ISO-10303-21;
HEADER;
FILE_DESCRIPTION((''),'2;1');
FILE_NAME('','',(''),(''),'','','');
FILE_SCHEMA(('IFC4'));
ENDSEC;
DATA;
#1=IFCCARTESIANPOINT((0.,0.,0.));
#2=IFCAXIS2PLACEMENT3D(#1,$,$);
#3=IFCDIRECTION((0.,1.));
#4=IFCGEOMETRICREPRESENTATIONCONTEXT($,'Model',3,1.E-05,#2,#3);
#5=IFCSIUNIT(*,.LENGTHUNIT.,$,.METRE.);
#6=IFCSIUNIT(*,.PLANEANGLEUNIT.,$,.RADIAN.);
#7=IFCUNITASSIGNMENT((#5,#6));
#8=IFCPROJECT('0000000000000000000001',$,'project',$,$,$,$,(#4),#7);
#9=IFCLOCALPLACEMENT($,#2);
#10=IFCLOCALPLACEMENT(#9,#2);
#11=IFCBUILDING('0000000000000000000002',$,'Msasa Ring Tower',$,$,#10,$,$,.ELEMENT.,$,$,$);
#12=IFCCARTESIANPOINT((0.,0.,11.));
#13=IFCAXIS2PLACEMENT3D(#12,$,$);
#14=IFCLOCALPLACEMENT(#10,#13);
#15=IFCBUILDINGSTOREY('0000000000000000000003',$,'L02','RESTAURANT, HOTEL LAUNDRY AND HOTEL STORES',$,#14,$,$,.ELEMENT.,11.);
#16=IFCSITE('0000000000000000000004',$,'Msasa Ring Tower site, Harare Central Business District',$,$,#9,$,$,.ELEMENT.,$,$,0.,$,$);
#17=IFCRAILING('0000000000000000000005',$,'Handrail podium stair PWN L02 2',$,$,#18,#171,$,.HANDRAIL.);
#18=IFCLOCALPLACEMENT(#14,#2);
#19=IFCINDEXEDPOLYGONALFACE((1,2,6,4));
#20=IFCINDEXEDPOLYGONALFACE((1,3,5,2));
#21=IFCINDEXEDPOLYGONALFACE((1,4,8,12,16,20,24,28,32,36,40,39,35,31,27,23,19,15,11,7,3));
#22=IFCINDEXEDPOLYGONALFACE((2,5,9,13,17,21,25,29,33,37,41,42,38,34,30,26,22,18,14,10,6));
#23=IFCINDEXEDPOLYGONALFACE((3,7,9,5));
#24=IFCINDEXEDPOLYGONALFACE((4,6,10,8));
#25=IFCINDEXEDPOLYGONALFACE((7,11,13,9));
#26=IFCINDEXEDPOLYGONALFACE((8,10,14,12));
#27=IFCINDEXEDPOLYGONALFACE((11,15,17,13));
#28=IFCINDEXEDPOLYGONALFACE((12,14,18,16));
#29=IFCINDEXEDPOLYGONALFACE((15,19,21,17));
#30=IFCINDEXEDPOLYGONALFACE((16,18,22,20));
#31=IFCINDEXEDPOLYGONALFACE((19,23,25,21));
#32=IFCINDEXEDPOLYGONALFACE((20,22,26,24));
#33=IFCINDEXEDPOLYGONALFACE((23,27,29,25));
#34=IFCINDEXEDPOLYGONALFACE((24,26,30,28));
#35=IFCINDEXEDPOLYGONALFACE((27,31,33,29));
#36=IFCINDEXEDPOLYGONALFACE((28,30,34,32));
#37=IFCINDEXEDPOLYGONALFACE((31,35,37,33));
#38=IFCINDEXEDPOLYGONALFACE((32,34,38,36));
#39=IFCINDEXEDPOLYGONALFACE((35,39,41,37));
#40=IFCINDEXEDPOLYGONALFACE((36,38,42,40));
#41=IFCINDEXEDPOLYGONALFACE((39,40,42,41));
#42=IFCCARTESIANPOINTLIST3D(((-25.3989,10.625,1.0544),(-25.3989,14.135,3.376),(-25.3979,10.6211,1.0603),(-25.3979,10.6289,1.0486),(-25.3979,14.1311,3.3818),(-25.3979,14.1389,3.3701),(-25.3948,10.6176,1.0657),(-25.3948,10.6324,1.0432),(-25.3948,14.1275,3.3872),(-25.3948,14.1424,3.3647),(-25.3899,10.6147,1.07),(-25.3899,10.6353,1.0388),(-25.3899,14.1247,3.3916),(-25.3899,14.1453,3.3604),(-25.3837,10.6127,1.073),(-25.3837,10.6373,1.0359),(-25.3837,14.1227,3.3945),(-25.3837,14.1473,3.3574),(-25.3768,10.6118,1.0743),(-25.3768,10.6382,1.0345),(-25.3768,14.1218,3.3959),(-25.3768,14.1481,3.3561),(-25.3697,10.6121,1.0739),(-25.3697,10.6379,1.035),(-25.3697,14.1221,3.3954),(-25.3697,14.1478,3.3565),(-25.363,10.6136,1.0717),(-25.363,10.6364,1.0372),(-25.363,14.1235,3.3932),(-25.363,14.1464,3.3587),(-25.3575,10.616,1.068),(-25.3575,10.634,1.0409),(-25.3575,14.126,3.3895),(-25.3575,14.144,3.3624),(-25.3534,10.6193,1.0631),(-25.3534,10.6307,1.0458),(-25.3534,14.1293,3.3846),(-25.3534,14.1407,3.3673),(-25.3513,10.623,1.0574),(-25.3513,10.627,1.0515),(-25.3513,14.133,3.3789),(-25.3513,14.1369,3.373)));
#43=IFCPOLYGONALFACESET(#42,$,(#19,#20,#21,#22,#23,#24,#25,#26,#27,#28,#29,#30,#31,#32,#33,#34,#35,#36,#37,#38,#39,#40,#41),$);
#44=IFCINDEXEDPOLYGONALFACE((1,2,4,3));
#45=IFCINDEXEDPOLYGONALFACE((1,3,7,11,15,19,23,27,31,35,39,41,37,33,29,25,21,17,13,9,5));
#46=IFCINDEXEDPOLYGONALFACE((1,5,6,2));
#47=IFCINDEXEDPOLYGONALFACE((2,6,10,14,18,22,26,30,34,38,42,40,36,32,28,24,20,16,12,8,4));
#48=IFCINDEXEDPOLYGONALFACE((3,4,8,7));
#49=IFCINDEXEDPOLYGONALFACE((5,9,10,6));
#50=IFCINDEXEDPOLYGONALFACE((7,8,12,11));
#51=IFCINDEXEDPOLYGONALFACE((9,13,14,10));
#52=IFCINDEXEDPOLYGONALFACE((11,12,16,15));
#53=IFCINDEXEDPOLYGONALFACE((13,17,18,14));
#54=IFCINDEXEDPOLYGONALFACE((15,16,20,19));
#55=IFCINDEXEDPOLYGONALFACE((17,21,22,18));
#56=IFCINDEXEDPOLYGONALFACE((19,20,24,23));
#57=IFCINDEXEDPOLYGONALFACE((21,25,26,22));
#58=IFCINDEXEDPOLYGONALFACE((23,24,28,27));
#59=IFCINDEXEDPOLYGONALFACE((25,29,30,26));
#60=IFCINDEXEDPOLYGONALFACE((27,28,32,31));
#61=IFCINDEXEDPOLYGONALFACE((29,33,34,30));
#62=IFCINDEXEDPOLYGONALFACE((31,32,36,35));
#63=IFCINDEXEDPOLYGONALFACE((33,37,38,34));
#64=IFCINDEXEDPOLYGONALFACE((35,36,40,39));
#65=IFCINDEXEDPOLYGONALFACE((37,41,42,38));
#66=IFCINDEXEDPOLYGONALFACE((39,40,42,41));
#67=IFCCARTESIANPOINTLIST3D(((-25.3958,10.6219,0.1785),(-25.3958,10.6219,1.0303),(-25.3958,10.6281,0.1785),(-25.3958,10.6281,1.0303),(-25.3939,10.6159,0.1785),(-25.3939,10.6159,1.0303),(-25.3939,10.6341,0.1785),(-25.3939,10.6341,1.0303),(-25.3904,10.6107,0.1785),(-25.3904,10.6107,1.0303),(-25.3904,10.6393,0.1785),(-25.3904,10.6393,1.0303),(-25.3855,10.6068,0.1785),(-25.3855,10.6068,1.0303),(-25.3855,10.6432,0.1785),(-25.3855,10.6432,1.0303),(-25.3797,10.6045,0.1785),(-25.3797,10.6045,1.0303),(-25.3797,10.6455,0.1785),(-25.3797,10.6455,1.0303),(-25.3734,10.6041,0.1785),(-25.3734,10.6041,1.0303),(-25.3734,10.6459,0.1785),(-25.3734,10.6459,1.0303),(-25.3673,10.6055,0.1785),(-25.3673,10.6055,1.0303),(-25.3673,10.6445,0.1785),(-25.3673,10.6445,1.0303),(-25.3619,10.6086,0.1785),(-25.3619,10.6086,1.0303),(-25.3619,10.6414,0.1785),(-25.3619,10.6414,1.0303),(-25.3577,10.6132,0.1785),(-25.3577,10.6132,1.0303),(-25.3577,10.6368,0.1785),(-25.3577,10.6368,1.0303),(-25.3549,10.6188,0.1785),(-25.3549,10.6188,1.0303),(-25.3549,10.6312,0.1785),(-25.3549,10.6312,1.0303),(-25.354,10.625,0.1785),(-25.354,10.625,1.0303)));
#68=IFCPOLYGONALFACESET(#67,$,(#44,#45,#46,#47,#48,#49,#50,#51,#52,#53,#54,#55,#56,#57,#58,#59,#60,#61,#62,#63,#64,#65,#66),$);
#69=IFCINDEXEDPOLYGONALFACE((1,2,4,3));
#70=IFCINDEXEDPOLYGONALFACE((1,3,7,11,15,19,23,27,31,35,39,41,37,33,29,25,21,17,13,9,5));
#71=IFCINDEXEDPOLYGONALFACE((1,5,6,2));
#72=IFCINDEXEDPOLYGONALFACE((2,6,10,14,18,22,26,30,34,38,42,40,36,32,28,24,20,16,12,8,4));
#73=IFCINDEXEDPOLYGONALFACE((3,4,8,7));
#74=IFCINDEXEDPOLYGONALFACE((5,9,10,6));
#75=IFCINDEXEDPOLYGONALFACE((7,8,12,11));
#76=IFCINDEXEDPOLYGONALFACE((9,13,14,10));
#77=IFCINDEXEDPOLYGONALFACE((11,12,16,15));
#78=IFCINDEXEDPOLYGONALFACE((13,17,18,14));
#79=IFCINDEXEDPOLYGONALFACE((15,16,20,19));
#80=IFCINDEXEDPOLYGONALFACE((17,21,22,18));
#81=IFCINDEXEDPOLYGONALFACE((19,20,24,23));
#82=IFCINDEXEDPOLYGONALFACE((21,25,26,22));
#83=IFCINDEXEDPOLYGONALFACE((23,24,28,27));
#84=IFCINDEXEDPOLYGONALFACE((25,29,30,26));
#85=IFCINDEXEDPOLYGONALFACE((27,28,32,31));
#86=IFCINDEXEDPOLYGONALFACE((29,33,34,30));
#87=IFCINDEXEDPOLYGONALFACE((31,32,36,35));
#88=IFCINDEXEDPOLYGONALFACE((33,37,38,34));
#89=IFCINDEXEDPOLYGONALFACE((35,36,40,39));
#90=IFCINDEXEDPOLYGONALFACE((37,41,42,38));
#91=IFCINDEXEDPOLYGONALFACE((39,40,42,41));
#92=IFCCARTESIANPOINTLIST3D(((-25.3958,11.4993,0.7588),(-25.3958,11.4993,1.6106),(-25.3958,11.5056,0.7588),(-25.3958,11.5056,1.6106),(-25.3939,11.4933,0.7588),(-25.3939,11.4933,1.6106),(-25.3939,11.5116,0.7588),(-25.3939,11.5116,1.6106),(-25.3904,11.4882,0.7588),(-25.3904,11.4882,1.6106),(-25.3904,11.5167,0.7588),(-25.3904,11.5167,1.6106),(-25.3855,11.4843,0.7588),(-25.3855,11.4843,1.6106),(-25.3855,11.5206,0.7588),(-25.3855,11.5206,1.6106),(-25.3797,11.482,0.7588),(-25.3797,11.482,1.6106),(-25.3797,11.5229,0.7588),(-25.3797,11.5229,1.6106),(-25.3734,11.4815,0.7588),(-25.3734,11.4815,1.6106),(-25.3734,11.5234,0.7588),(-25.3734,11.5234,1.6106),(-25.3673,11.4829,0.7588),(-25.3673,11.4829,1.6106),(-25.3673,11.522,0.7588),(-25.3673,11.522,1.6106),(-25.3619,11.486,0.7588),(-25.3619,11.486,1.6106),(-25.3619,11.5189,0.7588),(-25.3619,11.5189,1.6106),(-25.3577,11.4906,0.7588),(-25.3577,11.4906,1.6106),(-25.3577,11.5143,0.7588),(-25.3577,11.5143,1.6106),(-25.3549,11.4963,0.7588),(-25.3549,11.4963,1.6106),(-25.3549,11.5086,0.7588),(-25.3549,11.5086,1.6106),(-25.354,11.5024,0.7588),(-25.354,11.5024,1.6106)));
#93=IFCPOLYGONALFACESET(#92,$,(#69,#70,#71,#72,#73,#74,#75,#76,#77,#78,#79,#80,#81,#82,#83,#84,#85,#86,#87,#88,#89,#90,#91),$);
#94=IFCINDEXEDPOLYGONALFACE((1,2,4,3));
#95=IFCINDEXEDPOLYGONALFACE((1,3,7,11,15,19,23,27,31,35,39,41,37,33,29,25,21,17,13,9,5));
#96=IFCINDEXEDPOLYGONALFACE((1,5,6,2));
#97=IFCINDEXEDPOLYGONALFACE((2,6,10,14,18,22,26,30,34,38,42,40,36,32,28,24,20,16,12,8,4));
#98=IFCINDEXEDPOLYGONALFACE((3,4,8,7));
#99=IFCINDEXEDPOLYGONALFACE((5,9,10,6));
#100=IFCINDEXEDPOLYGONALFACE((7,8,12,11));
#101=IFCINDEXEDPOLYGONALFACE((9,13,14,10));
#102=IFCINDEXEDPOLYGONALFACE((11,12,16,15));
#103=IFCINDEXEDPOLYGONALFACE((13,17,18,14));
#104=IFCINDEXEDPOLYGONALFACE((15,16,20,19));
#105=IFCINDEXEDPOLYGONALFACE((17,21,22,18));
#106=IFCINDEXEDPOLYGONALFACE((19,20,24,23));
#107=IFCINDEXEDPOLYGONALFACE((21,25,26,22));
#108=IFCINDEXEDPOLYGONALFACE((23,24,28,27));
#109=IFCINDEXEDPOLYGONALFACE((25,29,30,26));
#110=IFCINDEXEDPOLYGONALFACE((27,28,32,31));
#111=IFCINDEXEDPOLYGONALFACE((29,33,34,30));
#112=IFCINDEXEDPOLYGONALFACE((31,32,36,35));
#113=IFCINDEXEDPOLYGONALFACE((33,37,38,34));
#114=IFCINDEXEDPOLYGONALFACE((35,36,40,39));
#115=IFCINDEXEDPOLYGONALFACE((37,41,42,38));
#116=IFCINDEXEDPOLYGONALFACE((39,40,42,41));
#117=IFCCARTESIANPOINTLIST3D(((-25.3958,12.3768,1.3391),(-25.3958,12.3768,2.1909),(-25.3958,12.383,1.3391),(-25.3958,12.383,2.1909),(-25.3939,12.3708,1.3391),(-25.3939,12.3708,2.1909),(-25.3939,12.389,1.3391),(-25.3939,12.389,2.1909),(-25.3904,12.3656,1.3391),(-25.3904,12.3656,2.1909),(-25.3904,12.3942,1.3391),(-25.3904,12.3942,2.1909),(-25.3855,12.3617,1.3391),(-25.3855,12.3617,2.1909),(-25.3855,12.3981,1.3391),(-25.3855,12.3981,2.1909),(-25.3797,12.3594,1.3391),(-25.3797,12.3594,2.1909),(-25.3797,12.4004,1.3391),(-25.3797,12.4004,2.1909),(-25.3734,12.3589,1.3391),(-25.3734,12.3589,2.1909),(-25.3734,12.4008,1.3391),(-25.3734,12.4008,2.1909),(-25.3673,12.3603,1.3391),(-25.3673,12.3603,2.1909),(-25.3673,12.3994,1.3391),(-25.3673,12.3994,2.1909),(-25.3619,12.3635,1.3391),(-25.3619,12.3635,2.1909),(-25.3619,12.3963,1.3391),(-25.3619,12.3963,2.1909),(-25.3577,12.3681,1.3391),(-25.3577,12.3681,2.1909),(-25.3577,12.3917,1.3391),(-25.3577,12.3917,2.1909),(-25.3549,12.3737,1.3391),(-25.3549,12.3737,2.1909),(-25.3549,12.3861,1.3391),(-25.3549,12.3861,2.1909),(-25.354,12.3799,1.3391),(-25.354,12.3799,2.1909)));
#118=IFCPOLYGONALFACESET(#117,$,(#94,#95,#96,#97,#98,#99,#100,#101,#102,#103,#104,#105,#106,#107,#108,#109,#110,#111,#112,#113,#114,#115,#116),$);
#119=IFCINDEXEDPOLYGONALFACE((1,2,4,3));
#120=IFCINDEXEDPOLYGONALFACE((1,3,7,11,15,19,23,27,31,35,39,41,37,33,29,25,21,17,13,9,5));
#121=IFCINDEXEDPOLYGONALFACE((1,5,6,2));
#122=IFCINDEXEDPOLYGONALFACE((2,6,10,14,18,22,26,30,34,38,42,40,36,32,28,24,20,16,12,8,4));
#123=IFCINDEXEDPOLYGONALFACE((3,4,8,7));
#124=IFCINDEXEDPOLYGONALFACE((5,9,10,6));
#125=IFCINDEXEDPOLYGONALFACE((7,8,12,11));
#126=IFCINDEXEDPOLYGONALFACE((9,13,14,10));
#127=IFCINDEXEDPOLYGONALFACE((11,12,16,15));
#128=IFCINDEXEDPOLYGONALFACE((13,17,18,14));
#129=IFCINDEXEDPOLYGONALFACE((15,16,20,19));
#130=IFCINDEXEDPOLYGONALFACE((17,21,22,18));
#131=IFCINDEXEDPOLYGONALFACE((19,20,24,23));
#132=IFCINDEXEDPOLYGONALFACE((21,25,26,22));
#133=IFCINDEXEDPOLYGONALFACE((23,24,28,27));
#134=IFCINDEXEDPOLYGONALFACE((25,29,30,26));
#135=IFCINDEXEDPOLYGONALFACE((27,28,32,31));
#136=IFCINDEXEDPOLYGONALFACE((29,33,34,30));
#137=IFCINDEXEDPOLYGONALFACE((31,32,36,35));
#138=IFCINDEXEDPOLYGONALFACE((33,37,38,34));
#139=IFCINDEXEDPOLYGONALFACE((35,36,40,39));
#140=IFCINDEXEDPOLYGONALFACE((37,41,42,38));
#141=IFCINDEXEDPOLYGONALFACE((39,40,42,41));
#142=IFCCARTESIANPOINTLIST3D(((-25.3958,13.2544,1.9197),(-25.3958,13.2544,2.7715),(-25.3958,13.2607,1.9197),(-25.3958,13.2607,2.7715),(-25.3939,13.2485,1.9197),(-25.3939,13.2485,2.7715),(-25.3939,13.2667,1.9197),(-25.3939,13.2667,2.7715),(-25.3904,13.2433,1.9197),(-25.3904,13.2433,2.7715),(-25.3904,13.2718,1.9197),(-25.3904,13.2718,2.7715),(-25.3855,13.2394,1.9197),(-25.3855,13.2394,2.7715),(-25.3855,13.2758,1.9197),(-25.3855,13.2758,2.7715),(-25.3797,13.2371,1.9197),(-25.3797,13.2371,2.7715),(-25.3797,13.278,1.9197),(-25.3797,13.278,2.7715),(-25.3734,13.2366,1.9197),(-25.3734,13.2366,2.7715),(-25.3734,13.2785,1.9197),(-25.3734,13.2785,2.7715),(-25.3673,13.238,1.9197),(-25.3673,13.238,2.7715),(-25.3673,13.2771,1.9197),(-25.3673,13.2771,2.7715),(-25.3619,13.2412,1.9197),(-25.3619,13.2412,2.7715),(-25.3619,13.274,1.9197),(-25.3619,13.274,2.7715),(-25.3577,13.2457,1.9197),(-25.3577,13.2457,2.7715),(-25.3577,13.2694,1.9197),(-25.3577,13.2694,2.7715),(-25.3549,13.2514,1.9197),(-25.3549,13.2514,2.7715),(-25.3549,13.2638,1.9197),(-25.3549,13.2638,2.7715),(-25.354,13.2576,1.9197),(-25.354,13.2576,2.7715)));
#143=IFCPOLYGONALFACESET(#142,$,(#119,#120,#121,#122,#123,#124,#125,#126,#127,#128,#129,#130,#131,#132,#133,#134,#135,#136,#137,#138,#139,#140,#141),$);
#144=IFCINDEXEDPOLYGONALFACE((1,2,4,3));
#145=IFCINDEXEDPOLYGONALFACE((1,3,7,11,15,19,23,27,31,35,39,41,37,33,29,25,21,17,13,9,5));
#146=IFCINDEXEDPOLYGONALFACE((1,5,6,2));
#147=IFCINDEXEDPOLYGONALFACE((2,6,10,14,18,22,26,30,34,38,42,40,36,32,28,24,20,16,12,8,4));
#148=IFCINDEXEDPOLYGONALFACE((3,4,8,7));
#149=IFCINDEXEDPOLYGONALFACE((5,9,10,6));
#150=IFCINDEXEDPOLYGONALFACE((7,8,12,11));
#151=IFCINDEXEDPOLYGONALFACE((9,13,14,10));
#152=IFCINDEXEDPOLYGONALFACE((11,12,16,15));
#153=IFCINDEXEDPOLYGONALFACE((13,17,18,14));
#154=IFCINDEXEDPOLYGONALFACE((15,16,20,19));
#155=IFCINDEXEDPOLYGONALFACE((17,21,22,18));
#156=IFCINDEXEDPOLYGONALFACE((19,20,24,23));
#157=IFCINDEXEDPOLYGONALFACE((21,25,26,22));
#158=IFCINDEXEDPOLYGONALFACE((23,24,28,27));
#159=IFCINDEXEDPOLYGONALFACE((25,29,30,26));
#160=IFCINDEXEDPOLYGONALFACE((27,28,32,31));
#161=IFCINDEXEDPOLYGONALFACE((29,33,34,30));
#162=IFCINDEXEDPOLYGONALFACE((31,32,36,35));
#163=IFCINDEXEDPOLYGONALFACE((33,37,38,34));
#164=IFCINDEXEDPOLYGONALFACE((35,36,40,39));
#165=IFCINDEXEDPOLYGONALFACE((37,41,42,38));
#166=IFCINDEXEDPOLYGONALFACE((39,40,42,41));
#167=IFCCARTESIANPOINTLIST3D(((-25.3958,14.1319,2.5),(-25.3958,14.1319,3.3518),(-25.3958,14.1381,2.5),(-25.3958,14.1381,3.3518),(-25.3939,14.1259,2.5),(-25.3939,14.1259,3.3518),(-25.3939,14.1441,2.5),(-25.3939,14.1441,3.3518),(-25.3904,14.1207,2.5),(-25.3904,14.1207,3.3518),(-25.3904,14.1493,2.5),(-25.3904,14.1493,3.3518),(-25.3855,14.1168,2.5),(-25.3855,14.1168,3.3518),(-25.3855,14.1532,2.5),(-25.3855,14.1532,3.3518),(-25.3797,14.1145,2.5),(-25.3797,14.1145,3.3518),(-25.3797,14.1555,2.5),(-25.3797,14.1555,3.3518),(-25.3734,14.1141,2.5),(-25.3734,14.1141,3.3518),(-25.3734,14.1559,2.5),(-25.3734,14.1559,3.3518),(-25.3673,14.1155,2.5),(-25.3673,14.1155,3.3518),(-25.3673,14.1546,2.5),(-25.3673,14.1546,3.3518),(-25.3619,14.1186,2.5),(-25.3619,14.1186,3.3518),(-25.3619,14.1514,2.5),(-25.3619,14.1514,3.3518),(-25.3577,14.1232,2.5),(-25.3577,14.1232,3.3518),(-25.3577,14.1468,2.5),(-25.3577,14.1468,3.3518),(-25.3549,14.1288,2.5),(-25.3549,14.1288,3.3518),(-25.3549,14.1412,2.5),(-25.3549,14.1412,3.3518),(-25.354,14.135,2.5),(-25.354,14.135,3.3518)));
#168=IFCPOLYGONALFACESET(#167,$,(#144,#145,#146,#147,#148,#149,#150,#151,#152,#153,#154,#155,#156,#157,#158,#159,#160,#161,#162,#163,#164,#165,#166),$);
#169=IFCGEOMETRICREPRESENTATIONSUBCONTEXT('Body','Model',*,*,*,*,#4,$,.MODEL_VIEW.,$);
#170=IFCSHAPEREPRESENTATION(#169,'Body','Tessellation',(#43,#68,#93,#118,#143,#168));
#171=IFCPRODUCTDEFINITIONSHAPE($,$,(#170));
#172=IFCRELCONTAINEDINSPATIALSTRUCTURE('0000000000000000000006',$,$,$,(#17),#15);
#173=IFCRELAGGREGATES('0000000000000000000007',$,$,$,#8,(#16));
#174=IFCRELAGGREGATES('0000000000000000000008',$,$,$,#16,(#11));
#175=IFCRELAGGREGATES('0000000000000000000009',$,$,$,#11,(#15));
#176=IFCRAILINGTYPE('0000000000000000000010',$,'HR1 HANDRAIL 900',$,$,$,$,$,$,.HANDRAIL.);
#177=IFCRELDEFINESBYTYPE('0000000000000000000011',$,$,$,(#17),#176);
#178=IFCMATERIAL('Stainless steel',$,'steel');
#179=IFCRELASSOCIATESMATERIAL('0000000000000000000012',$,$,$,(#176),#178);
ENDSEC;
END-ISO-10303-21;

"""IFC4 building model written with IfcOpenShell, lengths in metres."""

from ifc_helpers import new_model, si_unit, direction, frame, origin, origin_2d, place, context, subcontext, project, spatial, circle, extrude, material, type_object, element, save


model = new_model("IFC4")

# Units and contexts
model_context = context("Model", 3, precision=1e-05, world=origin(), true_north=direction((0.0, 1.0)))
body_context = subcontext(model_context, "Body", "Model", "MODEL_VIEW")
ifc_project = project(units=[si_unit("LENGTHUNIT", "METRE"), si_unit("PLANEANGLEUNIT", "RADIAN")], contexts=[model_context])

# Site, building, storey
site_placement = place(None, origin())
site = spatial("IfcSite", under=ifc_project, at=site_placement, Name="Msasa Ring Tower site, Harare Central Business District", CompositionType="ELEMENT", RefElevation=0.0)
building_placement = place(site_placement, origin())
building = spatial("IfcBuilding", under=site, at=building_placement, Name="Msasa Ring Tower", CompositionType="ELEMENT")
storey_placement = place(building_placement, frame((0.0, 0.0, 11.0)))
storey = spatial("IfcBuildingStorey", under=building, at=storey_placement, Name="L02", Description="RESTAURANT, HOTEL LAUNDRY AND HOTEL STORES", CompositionType="ELEMENT", Elevation=11.0)

# Railing
ifc_material_1 = material(Name="Stainless steel", Category="steel")
railing_type = type_object("IfcRailingType", Name="HR1 HANDRAIL 900", PredefinedType="HANDRAIL", material=ifc_material_1)
for number, where, name in (
    (1, (-25.375, 10.625, 0.1785), "Handrail podium stair PWN L02 2"),
):
    element("IfcRailing", number, at=place(storey_placement, frame(where)), inside=storey, type_object=railing_type, Name=name, PredefinedType="HANDRAIL", context=body_context, shape_type="SweptSolid", body=[
        extrude(circle(Radius=0.0239, at=origin_2d()), frame((0.0, 0.0, 0.876), z_axis=(0.0, 0.834071, 0.551657), x_axis=(-1.0, 0.0, 0.0)), (0.0, 0.0, 1.0), 4.2083),
        extrude(circle(Radius=0.021, at=origin_2d()), origin(), (0.0, 0.0, 1.0), 0.8518),
        extrude(circle(Radius=0.021, at=origin_2d()), frame((0.0, 0.8774, 0.5803)), (0.0, 0.0, 1.0), 0.8518),
        extrude(circle(Radius=0.021, at=origin_2d()), frame((0.0, 1.7549, 1.1606)), (0.0, 0.0, 1.0), 0.8518),
        extrude(circle(Radius=0.021, at=origin_2d()), frame((0.0, 2.6326, 1.7412)), (0.0, 0.0, 1.0), 0.8518),
        extrude(circle(Radius=0.021, at=origin_2d()), frame((0.0, 3.51, 2.3215)), (0.0, 0.0, 1.0), 0.8518),
    ])

save(model, "model.ifc")
